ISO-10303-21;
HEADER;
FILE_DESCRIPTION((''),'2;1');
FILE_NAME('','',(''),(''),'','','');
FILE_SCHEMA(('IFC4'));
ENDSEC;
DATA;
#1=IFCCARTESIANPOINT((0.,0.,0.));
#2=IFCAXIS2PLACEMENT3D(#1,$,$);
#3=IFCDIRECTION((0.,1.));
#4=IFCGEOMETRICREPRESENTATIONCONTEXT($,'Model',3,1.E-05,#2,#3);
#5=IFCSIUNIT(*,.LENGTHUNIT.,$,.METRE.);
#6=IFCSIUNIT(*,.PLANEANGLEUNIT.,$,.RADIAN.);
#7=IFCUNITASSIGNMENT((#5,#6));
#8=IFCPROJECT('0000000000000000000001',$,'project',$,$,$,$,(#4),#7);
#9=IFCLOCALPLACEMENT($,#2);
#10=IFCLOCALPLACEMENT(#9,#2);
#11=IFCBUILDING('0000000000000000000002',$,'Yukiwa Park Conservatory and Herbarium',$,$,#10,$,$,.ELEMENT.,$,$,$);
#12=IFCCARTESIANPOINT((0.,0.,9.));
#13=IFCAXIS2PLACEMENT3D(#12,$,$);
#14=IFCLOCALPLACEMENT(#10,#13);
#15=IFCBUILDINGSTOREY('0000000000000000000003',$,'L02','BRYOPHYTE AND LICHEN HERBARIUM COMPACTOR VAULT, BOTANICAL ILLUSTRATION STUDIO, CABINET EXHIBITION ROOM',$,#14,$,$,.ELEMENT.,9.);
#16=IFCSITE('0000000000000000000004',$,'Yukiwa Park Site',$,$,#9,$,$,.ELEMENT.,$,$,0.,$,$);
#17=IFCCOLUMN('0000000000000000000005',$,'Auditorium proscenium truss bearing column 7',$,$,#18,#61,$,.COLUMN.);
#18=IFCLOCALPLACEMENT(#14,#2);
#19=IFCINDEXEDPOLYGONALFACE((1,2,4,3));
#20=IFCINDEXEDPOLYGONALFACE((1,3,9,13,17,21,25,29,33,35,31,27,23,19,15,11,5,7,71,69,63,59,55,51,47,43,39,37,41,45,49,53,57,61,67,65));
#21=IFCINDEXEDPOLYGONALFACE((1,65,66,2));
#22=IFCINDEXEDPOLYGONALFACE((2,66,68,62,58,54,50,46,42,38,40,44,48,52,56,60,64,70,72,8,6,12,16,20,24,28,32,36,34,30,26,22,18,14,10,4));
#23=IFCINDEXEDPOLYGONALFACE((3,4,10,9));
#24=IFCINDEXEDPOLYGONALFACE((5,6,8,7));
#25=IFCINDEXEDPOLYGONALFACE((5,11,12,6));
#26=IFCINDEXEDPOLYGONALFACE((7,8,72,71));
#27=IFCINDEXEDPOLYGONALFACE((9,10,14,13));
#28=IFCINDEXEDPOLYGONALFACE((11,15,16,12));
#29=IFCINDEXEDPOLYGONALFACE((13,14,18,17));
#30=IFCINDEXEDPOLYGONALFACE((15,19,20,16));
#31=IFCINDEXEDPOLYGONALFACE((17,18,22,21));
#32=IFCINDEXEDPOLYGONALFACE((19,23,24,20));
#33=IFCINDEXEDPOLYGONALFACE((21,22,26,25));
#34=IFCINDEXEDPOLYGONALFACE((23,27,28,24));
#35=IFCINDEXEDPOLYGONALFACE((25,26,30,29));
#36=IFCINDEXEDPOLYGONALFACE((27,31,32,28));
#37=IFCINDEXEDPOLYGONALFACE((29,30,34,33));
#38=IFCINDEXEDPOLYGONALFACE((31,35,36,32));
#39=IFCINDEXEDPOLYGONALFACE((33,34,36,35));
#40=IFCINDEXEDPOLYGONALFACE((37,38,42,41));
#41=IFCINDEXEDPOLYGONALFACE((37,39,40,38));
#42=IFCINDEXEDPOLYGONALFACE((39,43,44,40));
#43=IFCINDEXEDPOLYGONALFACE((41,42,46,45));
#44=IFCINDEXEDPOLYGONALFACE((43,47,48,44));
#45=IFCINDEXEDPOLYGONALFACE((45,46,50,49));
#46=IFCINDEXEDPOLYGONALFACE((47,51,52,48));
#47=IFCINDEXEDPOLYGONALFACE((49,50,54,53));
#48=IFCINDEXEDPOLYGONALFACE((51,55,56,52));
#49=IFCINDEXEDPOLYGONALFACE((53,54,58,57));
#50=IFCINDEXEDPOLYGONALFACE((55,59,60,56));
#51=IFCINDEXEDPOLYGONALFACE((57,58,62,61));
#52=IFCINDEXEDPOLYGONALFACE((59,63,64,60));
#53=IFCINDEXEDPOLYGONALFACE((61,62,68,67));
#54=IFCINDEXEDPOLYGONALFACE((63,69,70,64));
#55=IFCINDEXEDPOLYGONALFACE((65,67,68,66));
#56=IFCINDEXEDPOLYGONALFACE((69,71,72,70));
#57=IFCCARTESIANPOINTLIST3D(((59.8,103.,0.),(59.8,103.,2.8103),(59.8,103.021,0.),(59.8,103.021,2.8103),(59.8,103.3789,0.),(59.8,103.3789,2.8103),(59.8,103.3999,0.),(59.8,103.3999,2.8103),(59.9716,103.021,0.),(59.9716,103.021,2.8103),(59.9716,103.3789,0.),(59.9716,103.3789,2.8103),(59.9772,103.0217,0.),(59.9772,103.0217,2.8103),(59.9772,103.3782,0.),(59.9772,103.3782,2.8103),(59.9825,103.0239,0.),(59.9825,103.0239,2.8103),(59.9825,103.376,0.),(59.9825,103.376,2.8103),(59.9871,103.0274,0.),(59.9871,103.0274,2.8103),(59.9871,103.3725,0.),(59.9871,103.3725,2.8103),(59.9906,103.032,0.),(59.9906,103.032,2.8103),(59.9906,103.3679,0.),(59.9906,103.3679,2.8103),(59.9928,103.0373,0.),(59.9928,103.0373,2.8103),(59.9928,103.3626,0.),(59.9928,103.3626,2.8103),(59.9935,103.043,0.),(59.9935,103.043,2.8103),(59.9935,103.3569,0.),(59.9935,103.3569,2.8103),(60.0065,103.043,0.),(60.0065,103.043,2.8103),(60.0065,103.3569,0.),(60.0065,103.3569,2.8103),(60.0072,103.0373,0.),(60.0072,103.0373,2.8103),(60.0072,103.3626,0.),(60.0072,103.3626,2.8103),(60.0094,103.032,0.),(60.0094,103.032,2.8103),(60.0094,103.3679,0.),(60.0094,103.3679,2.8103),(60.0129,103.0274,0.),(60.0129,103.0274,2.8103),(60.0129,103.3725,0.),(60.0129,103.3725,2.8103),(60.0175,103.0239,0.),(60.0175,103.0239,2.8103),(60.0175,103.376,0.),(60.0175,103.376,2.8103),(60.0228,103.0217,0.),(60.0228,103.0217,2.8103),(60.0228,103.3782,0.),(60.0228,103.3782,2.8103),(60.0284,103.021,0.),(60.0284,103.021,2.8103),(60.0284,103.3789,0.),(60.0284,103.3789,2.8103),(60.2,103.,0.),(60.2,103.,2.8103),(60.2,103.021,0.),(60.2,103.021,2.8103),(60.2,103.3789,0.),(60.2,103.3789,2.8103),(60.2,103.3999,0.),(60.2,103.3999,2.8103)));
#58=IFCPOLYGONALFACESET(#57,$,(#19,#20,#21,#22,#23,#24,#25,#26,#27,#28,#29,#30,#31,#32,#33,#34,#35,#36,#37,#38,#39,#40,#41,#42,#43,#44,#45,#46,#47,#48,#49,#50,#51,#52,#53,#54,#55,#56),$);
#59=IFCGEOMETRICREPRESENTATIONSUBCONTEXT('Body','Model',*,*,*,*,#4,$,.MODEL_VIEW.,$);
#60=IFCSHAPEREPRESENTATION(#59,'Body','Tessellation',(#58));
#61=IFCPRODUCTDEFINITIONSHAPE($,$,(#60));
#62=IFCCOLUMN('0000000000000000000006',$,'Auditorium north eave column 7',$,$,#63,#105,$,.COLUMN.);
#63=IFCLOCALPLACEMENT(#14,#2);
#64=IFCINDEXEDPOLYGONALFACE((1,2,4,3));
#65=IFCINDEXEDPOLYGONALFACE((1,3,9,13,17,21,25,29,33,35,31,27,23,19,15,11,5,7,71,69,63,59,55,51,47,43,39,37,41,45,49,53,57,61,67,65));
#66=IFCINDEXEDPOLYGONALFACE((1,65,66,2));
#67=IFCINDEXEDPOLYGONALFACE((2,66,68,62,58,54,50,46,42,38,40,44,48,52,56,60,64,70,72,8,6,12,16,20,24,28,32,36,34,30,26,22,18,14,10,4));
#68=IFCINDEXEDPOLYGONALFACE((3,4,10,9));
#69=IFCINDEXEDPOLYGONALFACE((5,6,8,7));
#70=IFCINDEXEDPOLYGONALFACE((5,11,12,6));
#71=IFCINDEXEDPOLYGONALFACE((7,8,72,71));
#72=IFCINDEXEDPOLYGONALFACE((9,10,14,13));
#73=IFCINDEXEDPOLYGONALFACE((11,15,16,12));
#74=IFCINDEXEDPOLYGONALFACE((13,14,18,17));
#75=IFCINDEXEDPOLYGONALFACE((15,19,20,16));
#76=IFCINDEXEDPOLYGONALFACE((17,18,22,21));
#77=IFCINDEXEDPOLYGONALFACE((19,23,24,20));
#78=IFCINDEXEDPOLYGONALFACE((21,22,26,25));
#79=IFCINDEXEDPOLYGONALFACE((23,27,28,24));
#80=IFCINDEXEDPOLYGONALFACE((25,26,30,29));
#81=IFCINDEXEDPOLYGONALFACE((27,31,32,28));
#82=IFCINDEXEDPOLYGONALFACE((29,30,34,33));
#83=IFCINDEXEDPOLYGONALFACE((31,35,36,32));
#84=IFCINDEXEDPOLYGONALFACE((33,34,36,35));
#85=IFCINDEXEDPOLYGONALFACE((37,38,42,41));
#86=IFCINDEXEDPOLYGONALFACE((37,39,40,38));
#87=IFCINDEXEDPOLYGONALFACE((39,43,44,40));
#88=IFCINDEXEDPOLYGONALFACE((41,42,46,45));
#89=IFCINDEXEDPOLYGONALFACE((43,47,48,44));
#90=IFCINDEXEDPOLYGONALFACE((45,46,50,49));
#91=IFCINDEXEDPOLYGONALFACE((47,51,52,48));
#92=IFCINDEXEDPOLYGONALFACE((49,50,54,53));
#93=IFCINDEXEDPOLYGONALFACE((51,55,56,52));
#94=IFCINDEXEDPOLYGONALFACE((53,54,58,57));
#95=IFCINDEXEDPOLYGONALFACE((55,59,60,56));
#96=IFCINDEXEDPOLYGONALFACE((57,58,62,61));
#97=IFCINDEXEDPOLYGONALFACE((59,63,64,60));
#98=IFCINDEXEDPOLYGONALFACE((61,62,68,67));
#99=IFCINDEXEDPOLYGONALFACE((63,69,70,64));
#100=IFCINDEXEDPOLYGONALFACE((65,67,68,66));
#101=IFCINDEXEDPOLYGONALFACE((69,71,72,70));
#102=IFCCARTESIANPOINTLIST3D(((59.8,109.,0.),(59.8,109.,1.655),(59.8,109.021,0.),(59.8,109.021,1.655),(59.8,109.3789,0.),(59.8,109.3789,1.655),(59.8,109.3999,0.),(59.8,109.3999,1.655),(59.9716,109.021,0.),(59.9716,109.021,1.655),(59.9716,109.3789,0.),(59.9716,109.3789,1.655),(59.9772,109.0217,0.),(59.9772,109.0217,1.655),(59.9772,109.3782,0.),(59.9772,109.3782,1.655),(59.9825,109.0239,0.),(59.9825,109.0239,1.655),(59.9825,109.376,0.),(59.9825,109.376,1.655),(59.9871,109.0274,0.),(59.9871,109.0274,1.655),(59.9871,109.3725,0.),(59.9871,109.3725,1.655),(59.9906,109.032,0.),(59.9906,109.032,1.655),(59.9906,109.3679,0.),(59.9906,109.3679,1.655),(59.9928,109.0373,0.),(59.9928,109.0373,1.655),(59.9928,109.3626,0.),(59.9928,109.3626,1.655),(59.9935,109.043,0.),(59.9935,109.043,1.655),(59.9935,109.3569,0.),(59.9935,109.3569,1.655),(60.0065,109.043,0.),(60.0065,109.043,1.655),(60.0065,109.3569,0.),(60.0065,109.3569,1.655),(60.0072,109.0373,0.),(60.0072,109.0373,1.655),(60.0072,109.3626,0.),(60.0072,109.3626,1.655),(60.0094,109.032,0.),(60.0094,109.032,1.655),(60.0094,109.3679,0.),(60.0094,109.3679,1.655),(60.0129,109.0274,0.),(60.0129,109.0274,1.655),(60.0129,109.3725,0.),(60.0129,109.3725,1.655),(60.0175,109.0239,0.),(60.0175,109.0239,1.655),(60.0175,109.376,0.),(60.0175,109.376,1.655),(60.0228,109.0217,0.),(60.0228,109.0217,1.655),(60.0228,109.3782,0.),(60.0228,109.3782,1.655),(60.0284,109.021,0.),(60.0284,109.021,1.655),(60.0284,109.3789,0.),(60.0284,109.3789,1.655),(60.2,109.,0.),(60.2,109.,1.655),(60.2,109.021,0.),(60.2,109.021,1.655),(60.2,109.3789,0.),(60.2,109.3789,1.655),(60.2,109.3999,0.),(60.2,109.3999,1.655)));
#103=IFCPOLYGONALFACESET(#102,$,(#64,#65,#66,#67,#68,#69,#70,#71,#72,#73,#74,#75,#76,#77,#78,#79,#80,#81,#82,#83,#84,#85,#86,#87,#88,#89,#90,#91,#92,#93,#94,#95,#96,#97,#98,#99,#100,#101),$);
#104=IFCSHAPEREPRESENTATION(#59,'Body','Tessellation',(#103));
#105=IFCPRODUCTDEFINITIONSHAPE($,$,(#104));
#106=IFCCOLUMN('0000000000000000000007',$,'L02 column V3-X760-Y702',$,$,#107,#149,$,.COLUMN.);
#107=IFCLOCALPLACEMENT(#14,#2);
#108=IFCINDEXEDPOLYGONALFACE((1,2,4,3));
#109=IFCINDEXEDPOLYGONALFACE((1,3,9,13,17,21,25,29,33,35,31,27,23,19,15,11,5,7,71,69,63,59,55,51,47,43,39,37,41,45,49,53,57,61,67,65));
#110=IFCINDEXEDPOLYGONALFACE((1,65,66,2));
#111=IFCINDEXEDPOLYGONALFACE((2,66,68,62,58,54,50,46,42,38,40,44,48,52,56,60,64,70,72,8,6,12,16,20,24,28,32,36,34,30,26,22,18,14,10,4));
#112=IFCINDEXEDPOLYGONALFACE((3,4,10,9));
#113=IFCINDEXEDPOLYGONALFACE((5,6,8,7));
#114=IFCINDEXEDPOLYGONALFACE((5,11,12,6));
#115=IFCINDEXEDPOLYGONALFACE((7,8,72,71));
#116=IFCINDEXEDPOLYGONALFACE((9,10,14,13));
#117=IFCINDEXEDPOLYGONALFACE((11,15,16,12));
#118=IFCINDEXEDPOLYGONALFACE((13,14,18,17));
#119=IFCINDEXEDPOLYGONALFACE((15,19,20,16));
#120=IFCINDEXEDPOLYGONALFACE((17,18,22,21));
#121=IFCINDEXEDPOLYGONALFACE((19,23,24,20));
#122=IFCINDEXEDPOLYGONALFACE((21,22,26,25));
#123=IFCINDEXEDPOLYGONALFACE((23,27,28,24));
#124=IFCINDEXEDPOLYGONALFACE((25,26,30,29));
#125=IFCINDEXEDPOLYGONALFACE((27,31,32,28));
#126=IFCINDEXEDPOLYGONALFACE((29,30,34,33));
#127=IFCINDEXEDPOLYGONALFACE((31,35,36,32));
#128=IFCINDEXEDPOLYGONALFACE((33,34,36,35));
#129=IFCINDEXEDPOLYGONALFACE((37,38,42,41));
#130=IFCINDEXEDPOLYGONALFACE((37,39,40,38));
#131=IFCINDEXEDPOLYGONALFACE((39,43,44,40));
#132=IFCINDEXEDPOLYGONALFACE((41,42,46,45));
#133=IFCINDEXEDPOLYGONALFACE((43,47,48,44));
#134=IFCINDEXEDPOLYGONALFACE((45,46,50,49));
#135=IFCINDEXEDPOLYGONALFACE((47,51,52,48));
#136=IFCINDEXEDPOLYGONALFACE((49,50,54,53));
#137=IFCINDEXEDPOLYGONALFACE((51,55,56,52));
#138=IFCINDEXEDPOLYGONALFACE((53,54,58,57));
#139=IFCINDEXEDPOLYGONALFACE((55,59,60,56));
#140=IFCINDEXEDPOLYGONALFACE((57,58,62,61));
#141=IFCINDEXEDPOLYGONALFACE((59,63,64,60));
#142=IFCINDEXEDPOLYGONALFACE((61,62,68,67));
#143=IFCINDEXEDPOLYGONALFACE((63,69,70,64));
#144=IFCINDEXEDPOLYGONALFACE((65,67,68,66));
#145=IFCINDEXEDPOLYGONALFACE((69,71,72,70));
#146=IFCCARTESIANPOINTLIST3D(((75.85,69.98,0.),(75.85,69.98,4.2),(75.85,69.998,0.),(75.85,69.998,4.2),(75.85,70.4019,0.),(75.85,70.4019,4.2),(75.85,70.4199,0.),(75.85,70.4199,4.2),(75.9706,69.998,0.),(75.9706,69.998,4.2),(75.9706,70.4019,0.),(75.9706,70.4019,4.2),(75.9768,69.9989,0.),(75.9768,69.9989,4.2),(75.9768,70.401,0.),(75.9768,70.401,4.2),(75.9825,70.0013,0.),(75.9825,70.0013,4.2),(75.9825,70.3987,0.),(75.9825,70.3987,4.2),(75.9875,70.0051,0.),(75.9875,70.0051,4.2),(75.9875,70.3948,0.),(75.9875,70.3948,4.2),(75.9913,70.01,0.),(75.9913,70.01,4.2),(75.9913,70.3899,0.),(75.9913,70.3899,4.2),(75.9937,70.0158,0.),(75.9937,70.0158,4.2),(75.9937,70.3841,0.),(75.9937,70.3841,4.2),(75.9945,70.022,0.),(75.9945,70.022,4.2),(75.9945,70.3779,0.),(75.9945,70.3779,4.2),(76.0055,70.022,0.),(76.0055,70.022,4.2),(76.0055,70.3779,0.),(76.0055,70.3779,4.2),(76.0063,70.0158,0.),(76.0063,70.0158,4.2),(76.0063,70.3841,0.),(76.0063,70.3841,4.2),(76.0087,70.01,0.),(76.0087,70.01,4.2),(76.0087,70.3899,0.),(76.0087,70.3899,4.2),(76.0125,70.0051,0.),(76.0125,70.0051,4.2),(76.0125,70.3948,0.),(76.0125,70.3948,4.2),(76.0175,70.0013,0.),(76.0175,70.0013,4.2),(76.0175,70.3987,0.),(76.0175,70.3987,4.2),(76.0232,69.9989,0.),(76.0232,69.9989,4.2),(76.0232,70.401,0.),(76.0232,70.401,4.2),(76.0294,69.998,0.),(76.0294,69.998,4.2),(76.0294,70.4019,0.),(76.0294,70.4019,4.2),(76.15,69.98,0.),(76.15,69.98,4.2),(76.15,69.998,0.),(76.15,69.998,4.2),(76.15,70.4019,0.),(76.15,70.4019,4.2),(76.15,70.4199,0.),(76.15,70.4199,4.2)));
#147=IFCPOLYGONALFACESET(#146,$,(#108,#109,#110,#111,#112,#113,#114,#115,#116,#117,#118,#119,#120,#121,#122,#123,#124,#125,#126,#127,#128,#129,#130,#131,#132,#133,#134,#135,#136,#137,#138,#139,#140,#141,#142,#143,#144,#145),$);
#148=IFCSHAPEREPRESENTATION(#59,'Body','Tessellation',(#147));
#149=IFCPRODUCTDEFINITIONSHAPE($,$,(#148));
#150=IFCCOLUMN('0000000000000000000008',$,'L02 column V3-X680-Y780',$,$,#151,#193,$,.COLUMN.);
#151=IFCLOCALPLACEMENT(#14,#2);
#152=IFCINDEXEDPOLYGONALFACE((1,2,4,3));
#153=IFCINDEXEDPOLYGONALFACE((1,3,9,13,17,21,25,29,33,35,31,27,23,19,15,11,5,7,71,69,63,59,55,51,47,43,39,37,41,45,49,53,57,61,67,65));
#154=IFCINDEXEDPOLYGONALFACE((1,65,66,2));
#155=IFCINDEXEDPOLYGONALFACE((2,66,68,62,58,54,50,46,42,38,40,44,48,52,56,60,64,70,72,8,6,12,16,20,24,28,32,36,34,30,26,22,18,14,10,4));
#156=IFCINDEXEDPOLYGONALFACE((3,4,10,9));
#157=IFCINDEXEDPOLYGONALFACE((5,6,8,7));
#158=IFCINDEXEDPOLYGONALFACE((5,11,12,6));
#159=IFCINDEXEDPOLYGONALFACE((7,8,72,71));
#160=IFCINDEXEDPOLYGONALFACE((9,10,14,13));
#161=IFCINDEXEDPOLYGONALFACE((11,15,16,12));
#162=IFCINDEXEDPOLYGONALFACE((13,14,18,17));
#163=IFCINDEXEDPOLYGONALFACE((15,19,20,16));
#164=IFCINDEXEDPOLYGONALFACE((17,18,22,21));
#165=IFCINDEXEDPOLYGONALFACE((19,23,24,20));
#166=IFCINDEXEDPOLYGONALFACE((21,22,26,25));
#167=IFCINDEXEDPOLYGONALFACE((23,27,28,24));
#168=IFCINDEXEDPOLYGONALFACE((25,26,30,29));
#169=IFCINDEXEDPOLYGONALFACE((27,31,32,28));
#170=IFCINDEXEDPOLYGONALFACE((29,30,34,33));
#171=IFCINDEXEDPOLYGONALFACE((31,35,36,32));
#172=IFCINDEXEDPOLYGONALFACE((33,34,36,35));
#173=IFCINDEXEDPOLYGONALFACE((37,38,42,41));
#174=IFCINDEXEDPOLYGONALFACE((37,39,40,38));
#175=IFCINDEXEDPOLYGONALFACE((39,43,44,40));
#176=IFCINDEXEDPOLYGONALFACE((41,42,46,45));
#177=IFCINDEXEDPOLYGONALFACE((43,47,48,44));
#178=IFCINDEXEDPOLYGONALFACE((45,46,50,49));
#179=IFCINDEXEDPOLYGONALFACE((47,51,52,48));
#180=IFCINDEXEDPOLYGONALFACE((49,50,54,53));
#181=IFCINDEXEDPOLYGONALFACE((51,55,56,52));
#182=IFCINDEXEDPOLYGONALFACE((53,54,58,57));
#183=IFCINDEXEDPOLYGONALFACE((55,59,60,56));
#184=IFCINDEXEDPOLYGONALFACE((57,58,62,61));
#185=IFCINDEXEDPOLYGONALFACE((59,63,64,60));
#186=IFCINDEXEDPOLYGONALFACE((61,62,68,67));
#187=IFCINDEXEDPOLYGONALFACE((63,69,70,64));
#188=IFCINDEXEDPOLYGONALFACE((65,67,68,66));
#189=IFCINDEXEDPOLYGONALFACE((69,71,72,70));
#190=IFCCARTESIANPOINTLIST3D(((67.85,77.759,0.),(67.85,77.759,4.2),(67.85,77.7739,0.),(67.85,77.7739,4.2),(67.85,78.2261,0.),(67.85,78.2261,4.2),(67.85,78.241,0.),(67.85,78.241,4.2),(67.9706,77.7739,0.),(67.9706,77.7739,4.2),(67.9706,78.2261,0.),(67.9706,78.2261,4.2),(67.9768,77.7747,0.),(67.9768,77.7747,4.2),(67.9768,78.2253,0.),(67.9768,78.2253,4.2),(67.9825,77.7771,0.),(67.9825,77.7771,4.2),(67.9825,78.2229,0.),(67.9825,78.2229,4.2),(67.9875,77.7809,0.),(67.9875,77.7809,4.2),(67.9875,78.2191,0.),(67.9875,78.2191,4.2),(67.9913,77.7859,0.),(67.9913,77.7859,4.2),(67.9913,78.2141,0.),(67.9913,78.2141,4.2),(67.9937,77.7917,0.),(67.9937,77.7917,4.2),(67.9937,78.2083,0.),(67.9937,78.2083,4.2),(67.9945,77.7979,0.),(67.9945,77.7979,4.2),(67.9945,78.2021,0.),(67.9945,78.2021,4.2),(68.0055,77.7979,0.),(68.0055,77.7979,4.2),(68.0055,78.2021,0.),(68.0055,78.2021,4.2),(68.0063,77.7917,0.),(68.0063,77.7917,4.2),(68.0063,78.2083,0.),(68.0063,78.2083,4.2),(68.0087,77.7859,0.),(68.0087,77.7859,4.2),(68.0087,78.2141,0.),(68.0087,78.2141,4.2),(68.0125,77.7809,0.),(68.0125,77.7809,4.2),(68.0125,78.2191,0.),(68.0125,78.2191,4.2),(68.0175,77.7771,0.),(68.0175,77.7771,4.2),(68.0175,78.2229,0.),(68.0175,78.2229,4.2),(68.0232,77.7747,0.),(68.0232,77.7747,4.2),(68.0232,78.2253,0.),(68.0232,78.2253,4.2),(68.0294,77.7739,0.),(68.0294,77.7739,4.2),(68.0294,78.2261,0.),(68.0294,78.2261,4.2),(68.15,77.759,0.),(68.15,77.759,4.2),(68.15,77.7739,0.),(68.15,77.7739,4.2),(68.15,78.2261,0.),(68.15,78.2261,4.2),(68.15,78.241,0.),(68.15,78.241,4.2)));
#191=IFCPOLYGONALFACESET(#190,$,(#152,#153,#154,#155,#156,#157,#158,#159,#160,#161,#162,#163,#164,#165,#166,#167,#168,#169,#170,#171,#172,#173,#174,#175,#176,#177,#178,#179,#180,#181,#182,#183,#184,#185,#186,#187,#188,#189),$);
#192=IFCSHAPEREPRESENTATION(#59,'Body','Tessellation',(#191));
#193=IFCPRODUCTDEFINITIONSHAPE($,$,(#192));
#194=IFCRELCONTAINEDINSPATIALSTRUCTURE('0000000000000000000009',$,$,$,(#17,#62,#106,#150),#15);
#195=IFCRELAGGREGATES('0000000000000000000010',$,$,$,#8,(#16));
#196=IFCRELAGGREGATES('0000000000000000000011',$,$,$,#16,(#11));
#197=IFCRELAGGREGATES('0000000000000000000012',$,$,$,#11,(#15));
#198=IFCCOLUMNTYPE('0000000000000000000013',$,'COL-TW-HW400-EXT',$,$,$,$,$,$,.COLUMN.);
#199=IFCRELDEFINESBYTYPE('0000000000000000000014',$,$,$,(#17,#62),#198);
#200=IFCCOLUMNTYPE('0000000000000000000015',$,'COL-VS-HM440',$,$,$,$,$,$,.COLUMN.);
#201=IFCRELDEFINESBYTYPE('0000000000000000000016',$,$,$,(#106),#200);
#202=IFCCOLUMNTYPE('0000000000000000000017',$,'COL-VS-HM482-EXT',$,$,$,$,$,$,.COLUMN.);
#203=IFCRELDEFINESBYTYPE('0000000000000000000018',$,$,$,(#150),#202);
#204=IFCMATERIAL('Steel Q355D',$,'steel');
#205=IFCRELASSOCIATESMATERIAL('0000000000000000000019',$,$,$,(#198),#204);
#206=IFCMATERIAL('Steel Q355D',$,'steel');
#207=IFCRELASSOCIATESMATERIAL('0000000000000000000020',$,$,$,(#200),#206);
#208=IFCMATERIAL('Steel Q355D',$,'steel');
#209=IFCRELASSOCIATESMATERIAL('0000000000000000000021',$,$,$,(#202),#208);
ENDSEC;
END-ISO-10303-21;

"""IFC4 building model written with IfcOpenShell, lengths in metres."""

from ifc_helpers import new_model, si_unit, direction, frame, origin, origin_2d, place, context, subcontext, project, spatial, i_section, extrude, material, material_profile, profile_set, type_object, element, save


model = new_model("IFC4")

# Units and contexts
model_context = context("Model", 3, precision=1e-05, world=origin(), true_north=direction((0.0, 1.0)))
body_context = subcontext(model_context, "Body", "Model", "MODEL_VIEW")
ifc_project = project(units=[si_unit("LENGTHUNIT", "METRE"), si_unit("PLANEANGLEUNIT", "RADIAN")], contexts=[model_context])

# Site, building, storey
site_placement = place(None, origin())
site = spatial("IfcSite", under=ifc_project, at=site_placement, Name="Yukiwa Park Site", CompositionType="ELEMENT", RefElevation=0.0)
building_placement = place(site_placement, origin())
building = spatial("IfcBuilding", under=site, at=building_placement, Name="Yukiwa Park Conservatory and Herbarium", CompositionType="ELEMENT")
storey_placement = place(building_placement, frame((0.0, 0.0, 9.0)))
storey = spatial("IfcBuildingStorey", under=building, at=storey_placement, Name="L02", Description="BRYOPHYTE AND LICHEN HERBARIUM COMPACTOR VAULT, BOTANICAL ILLUSTRATION STUDIO, CABINET EXHIBITION ROOM", CompositionType="ELEMENT", Elevation=9.0)

# Columns
ifc_material_1 = material(Name="Steel Q355D", Category="steel")
ifc_material_profile_1 = material_profile(ifc_material_1, i_section(OverallWidth=0.3999, OverallDepth=0.3999, WebThickness=0.0129, FlangeThickness=0.021, FilletRadius=0.022, at=origin_2d()), Name="HW 400x400x13x21")
ifc_profile_set_1 = profile_set([ifc_material_profile_1], Name="Steel Q355D")
column_type_1 = type_object("IfcColumnType", Name="COL-TW-HW400-EXT", PredefinedType="COLUMN", material=ifc_profile_set_1)
column_1_placement = place(storey_placement, frame((60.0, 103.2, 0.0), z_axis=(0.0, 0.0, 1.0), x_axis=(1.0, 0.0, 0.0)))
element("IfcColumn", 1, at=column_1_placement, inside=storey, type_object=column_type_1, Name="Auditorium proscenium truss bearing column 7", PredefinedType="COLUMN", context=body_context, shape_type="SweptSolid", body=[
    extrude(i_section(OverallWidth=0.3999, OverallDepth=0.3999, WebThickness=0.0129, FlangeThickness=0.021, FilletRadius=0.022, at=origin_2d()), origin(), (0.0, 0.0, 1.0), 2.8103),
])
column_2_placement = place(storey_placement, frame((60.0, 109.2, 0.0), z_axis=(0.0, 0.0, 1.0), x_axis=(1.0, 0.0, 0.0)))
element("IfcColumn", 2, at=column_2_placement, inside=storey, type_object=column_type_1, Name="Auditorium north eave column 7", PredefinedType="COLUMN", context=body_context, shape_type="SweptSolid", body=[
    extrude(i_section(OverallWidth=0.3999, OverallDepth=0.3999, WebThickness=0.0129, FlangeThickness=0.021, FilletRadius=0.022, at=origin_2d()), origin(), (0.0, 0.0, 1.0), 1.655),
])
ifc_material_2 = material(Name="Steel Q355D", Category="steel")
ifc_material_profile_2 = material_profile(ifc_material_2, i_section(OverallWidth=0.3, OverallDepth=0.4399, WebThickness=0.011, FlangeThickness=0.0181, FilletRadius=0.0239, at=origin_2d()), Name="HM 440x300x11x18")
ifc_profile_set_2 = profile_set([ifc_material_profile_2], Name="Steel Q355D")
column_type_2 = type_object("IfcColumnType", Name="COL-VS-HM440", PredefinedType="COLUMN", material=ifc_profile_set_2)
column_3_placement = place(storey_placement, frame((76.0, 70.2, 0.0), z_axis=(0.0, 0.0, 1.0), x_axis=(1.0, 0.0, 0.0)))
element("IfcColumn", 3, at=column_3_placement, inside=storey, type_object=column_type_2, Name="L02 column V3-X760-Y702", PredefinedType="COLUMN", context=body_context, shape_type="SweptSolid", body=[
    extrude(i_section(OverallWidth=0.3, OverallDepth=0.4399, WebThickness=0.011, FlangeThickness=0.0181, FilletRadius=0.0239, at=origin_2d()), origin(), (0.0, 0.0, 1.0), 4.2),
])
ifc_material_3 = material(Name="Steel Q355D", Category="steel")
ifc_material_profile_3 = material_profile(ifc_material_3, i_section(OverallWidth=0.3, OverallDepth=0.4819, WebThickness=0.011, FlangeThickness=0.0149, FilletRadius=0.0239, at=origin_2d()), Name="HM 482x300x11x15")
ifc_profile_set_3 = profile_set([ifc_material_profile_3], Name="Steel Q355D")
column_type_3 = type_object("IfcColumnType", Name="COL-VS-HM482-EXT", PredefinedType="COLUMN", material=ifc_profile_set_3)
for number, where, z_axis, x_axis, name in (
    (4, (68.0, 78.0, 0.0), (0.0, 0.0, 1.0), (1.0, 0.0, 0.0), "L02 column V3-X680-Y780"),
):
    element("IfcColumn", number, at=place(storey_placement, frame(where, z_axis=z_axis, x_axis=x_axis)), inside=storey, type_object=column_type_3, Name=name, PredefinedType="COLUMN", context=body_context, shape_type="SweptSolid", body=[
        extrude(i_section(OverallWidth=0.3, OverallDepth=0.4819, WebThickness=0.011, FlangeThickness=0.0149, FilletRadius=0.0239, at=origin_2d()), origin(), (0.0, 0.0, 1.0), 4.2),
    ])

save(model, "model.ifc")
